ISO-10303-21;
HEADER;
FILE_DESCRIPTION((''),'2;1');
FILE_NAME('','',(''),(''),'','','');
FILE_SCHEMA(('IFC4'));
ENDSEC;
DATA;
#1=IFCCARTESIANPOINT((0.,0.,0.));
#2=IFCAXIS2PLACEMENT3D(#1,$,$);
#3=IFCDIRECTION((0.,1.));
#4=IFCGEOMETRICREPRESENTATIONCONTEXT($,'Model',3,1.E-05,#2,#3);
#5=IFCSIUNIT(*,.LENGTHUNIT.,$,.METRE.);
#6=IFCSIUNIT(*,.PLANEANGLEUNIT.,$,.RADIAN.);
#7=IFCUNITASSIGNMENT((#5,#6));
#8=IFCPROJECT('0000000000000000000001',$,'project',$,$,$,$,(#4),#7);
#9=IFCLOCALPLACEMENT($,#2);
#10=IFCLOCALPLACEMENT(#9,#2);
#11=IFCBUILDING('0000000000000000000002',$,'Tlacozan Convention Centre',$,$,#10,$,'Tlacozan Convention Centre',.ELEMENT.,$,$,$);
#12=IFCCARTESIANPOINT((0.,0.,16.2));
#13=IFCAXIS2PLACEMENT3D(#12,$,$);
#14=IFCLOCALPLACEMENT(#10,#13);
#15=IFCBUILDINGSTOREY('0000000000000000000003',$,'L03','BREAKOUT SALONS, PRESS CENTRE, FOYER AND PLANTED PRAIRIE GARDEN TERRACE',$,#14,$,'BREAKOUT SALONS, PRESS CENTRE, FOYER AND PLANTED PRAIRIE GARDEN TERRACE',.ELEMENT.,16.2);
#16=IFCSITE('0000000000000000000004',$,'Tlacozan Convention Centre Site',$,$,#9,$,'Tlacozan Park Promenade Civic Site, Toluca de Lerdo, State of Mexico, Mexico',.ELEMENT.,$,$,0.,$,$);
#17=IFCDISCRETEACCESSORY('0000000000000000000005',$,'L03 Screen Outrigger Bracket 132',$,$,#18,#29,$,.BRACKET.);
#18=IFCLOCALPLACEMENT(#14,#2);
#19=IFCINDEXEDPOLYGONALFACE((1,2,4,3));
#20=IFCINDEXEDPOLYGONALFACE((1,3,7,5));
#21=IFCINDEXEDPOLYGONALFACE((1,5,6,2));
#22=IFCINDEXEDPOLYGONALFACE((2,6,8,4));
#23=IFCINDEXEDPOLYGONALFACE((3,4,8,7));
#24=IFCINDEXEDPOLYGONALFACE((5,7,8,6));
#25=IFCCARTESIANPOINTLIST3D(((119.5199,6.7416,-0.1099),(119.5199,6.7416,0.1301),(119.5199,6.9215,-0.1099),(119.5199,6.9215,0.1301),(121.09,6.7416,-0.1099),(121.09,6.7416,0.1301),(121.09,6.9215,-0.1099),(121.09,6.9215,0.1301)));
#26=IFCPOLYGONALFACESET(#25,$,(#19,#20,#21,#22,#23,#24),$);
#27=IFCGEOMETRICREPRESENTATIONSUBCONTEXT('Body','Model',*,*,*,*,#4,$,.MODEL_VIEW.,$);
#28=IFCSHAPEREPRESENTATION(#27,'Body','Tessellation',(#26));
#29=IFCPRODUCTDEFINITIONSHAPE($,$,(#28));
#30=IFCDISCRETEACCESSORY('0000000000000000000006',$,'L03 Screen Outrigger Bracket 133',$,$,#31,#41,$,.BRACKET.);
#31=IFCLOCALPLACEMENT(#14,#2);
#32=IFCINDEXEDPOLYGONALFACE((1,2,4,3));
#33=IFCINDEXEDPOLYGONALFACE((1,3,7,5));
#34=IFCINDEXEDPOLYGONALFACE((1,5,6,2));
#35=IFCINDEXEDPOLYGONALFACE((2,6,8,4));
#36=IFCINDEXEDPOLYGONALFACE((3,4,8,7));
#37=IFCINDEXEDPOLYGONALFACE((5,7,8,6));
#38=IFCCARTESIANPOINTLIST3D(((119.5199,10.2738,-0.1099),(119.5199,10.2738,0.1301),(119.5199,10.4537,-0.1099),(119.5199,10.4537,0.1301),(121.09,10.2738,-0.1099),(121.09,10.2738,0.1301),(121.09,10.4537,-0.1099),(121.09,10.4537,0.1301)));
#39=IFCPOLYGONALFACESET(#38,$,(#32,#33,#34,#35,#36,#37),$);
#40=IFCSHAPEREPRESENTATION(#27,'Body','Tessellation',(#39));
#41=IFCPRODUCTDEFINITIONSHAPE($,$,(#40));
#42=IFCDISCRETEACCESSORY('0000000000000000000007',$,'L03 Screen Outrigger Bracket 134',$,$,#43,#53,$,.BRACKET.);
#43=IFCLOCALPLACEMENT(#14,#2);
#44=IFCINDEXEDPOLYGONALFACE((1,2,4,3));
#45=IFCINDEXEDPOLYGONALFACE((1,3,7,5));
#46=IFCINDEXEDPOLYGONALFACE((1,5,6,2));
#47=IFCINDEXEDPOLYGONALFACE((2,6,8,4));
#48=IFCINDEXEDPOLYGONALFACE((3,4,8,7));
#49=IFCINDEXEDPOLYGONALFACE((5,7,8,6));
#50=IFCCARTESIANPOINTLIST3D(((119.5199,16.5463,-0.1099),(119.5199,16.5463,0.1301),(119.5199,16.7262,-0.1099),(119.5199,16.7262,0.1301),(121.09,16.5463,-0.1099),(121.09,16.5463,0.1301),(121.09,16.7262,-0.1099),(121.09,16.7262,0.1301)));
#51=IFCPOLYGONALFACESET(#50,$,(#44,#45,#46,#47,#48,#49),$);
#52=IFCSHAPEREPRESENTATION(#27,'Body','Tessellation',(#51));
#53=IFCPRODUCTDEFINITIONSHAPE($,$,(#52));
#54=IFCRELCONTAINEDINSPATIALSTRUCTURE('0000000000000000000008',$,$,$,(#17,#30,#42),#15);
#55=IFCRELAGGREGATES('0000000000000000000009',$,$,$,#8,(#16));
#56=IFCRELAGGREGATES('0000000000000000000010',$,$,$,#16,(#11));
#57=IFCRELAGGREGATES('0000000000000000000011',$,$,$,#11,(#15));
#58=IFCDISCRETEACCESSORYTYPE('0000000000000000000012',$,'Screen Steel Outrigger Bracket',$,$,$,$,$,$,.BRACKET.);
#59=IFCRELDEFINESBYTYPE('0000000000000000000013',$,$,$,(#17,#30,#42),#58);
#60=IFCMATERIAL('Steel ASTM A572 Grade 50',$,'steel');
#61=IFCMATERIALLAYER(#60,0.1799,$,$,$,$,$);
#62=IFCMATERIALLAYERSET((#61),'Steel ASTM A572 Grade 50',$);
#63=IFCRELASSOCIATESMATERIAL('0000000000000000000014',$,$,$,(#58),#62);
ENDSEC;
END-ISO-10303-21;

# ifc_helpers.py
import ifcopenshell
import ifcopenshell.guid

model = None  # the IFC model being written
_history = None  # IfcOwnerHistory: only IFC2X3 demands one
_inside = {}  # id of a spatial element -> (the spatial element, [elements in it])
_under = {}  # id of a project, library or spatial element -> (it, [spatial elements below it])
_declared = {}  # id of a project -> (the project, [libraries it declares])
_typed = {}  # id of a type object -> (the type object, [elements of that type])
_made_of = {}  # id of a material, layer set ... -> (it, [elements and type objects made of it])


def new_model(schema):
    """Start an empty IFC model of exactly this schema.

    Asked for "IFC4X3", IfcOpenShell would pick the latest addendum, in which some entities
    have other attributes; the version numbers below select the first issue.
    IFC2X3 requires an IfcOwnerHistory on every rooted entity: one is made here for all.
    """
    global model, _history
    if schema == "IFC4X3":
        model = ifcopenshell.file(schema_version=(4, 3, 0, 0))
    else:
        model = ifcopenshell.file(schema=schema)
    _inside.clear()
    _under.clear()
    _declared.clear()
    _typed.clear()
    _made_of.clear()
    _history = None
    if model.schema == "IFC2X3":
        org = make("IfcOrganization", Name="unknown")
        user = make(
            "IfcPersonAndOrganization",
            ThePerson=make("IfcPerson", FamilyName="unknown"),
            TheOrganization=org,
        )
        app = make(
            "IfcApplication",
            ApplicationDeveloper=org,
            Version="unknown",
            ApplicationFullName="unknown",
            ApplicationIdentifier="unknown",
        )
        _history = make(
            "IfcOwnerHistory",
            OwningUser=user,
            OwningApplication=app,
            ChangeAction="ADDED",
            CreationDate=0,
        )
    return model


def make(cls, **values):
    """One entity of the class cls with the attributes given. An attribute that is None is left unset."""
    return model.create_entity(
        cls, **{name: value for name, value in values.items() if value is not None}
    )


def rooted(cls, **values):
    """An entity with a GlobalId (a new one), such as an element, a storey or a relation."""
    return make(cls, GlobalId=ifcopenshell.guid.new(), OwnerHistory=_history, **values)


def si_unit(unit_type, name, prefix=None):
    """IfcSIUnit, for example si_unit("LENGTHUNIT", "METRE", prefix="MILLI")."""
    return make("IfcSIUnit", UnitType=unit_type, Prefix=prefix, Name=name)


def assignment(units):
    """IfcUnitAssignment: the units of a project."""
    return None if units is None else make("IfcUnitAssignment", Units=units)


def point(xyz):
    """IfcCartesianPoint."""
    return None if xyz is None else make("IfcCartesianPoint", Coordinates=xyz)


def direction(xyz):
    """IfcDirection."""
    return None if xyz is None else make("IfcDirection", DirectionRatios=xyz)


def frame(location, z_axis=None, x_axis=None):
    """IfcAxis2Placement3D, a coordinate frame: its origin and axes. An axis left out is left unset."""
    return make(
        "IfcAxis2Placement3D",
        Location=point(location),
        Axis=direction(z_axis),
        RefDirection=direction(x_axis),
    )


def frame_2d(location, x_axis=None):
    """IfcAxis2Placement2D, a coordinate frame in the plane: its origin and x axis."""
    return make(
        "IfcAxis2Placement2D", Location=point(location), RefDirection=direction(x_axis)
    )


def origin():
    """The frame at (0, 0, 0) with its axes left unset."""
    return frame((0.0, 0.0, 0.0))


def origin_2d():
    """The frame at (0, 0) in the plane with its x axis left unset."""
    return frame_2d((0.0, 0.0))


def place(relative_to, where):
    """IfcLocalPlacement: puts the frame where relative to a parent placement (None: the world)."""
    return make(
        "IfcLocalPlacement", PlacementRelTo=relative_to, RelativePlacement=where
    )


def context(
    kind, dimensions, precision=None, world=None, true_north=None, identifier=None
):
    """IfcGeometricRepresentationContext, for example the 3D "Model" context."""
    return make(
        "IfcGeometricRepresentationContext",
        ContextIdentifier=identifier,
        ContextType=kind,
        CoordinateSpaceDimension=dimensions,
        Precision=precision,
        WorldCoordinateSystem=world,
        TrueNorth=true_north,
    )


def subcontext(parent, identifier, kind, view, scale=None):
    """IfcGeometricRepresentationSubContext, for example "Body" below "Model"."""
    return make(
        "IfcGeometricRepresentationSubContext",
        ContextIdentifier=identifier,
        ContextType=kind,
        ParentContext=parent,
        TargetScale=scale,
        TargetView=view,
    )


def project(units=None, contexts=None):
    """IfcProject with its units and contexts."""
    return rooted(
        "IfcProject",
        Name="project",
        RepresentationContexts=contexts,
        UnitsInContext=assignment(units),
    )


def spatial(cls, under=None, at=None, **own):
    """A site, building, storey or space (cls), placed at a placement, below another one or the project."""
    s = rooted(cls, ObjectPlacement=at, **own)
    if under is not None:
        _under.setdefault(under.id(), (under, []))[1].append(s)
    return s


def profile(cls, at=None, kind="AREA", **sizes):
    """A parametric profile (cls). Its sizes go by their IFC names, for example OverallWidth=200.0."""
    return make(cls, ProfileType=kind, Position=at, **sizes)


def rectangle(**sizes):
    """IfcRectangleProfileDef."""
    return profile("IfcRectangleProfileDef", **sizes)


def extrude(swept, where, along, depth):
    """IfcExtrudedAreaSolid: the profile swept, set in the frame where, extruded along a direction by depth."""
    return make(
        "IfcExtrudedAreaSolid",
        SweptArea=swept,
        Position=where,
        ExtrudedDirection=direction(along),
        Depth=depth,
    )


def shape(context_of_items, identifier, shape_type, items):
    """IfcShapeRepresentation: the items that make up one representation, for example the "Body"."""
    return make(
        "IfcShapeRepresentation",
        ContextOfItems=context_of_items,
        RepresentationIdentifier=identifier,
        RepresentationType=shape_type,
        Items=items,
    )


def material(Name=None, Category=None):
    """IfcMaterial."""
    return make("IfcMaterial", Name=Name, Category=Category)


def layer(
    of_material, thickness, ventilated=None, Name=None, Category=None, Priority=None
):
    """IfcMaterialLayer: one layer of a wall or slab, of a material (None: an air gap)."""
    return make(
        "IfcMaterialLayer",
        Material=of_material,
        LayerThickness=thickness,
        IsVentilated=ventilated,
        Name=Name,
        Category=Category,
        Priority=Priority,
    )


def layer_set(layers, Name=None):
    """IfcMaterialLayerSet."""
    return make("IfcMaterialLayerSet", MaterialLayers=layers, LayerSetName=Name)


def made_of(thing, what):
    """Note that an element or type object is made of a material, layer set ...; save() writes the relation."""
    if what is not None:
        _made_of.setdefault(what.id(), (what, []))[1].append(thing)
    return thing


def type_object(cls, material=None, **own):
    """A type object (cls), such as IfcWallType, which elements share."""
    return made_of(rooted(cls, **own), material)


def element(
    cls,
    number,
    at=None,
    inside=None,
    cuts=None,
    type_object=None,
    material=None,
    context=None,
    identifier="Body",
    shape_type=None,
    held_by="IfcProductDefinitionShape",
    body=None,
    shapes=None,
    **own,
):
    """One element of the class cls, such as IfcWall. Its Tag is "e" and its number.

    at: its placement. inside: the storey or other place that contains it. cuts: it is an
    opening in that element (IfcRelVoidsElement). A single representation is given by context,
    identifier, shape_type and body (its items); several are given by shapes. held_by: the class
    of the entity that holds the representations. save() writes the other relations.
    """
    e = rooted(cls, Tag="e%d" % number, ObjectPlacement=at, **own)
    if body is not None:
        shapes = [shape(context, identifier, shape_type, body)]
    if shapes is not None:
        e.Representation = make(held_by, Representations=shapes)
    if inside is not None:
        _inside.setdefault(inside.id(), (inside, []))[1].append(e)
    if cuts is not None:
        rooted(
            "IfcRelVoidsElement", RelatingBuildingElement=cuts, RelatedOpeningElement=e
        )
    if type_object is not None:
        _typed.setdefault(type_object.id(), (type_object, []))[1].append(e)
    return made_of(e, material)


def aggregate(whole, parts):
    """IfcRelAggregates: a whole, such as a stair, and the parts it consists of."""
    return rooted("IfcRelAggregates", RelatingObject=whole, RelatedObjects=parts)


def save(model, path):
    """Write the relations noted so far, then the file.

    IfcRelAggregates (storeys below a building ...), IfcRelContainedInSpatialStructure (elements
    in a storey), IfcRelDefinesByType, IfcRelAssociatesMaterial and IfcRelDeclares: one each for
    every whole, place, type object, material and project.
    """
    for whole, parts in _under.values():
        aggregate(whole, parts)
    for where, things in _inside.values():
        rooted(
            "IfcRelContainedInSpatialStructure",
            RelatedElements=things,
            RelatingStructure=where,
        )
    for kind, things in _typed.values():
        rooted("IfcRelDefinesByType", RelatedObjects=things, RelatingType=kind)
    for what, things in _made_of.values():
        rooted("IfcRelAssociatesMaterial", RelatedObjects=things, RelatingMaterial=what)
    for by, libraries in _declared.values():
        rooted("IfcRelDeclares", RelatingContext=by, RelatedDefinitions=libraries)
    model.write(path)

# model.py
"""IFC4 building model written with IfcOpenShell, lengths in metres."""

from ifc_helpers import new_model, si_unit, direction, frame, origin, origin_2d, place, context, subcontext, project, spatial, rectangle, extrude, material, layer, layer_set, type_object, element, save


model = new_model("IFC4")

# Units and contexts
model_context = context("Model", 3, precision=1e-05, world=origin(), true_north=direction((0.0, 1.0)))
body_context = subcontext(model_context, "Body", "Model", "MODEL_VIEW")
ifc_project = project(units=[si_unit("LENGTHUNIT", "METRE"), si_unit("PLANEANGLEUNIT", "RADIAN")], contexts=[model_context])

# Site, building, storey
site_placement = place(None, origin())
site = spatial("IfcSite", under=ifc_project, at=site_placement, Name="Tlacozan Convention Centre Site", LongName="Tlacozan Park Promenade Civic Site, Toluca de Lerdo, State of Mexico, Mexico", CompositionType="ELEMENT", RefElevation=0.0)
building_placement = place(site_placement, origin())
building = spatial("IfcBuilding", under=site, at=building_placement, Name="Tlacozan Convention Centre", LongName="Tlacozan Convention Centre", CompositionType="ELEMENT")
storey_placement = place(building_placement, frame((0.0, 0.0, 16.2)))
storey = spatial("IfcBuildingStorey", under=building, at=storey_placement, Name="L03", Description="BREAKOUT SALONS, PRESS CENTRE, FOYER AND PLANTED PRAIRIE GARDEN TERRACE", LongName="BREAKOUT SALONS, PRESS CENTRE, FOYER AND PLANTED PRAIRIE GARDEN TERRACE", CompositionType="ELEMENT", Elevation=16.2)

# Discrete accessories
ifc_material_1 = material(Name="Steel ASTM A572 Grade 50", Category="steel")
ifc_layer_1 = layer(ifc_material_1, 0.1799)
ifc_layer_set_1 = layer_set([ifc_layer_1], Name="Steel ASTM A572 Grade 50")
discrete_accessory_type = type_object("IfcDiscreteAccessoryType", Name="Screen Steel Outrigger Bracket", PredefinedType="BRACKET", material=ifc_layer_set_1)
for number, where, z_axis, x_axis, name in (
    (1, (120.3049, 6.8315, -0.1099), (0.0, 0.0, 1.0), (-1.0, 0.0, 0.0), "L03 Screen Outrigger Bracket 132"),
    (2, (120.3049, 10.3638, -0.1099), (0.0, 0.0, 1.0), (-1.0, 0.0, 0.0), "L03 Screen Outrigger Bracket 133"),
    (3, (120.3049, 16.6362, -0.1099), (0.0, 0.0, 1.0), (-1.0, 0.0, 0.0), "L03 Screen Outrigger Bracket 134"),
):
    element("IfcDiscreteAccessory", number, at=place(storey_placement, frame(where, z_axis=z_axis, x_axis=x_axis)), inside=storey, type_object=discrete_accessory_type, Name=name, PredefinedType="BRACKET", context=body_context, shape_type="SweptSolid", body=[
        extrude(rectangle(XDim=1.5701, YDim=0.1799, at=origin_2d()), origin(), (0.0, 0.0, 1.0), 0.24),
    ])

save(model, "model.ifc")
